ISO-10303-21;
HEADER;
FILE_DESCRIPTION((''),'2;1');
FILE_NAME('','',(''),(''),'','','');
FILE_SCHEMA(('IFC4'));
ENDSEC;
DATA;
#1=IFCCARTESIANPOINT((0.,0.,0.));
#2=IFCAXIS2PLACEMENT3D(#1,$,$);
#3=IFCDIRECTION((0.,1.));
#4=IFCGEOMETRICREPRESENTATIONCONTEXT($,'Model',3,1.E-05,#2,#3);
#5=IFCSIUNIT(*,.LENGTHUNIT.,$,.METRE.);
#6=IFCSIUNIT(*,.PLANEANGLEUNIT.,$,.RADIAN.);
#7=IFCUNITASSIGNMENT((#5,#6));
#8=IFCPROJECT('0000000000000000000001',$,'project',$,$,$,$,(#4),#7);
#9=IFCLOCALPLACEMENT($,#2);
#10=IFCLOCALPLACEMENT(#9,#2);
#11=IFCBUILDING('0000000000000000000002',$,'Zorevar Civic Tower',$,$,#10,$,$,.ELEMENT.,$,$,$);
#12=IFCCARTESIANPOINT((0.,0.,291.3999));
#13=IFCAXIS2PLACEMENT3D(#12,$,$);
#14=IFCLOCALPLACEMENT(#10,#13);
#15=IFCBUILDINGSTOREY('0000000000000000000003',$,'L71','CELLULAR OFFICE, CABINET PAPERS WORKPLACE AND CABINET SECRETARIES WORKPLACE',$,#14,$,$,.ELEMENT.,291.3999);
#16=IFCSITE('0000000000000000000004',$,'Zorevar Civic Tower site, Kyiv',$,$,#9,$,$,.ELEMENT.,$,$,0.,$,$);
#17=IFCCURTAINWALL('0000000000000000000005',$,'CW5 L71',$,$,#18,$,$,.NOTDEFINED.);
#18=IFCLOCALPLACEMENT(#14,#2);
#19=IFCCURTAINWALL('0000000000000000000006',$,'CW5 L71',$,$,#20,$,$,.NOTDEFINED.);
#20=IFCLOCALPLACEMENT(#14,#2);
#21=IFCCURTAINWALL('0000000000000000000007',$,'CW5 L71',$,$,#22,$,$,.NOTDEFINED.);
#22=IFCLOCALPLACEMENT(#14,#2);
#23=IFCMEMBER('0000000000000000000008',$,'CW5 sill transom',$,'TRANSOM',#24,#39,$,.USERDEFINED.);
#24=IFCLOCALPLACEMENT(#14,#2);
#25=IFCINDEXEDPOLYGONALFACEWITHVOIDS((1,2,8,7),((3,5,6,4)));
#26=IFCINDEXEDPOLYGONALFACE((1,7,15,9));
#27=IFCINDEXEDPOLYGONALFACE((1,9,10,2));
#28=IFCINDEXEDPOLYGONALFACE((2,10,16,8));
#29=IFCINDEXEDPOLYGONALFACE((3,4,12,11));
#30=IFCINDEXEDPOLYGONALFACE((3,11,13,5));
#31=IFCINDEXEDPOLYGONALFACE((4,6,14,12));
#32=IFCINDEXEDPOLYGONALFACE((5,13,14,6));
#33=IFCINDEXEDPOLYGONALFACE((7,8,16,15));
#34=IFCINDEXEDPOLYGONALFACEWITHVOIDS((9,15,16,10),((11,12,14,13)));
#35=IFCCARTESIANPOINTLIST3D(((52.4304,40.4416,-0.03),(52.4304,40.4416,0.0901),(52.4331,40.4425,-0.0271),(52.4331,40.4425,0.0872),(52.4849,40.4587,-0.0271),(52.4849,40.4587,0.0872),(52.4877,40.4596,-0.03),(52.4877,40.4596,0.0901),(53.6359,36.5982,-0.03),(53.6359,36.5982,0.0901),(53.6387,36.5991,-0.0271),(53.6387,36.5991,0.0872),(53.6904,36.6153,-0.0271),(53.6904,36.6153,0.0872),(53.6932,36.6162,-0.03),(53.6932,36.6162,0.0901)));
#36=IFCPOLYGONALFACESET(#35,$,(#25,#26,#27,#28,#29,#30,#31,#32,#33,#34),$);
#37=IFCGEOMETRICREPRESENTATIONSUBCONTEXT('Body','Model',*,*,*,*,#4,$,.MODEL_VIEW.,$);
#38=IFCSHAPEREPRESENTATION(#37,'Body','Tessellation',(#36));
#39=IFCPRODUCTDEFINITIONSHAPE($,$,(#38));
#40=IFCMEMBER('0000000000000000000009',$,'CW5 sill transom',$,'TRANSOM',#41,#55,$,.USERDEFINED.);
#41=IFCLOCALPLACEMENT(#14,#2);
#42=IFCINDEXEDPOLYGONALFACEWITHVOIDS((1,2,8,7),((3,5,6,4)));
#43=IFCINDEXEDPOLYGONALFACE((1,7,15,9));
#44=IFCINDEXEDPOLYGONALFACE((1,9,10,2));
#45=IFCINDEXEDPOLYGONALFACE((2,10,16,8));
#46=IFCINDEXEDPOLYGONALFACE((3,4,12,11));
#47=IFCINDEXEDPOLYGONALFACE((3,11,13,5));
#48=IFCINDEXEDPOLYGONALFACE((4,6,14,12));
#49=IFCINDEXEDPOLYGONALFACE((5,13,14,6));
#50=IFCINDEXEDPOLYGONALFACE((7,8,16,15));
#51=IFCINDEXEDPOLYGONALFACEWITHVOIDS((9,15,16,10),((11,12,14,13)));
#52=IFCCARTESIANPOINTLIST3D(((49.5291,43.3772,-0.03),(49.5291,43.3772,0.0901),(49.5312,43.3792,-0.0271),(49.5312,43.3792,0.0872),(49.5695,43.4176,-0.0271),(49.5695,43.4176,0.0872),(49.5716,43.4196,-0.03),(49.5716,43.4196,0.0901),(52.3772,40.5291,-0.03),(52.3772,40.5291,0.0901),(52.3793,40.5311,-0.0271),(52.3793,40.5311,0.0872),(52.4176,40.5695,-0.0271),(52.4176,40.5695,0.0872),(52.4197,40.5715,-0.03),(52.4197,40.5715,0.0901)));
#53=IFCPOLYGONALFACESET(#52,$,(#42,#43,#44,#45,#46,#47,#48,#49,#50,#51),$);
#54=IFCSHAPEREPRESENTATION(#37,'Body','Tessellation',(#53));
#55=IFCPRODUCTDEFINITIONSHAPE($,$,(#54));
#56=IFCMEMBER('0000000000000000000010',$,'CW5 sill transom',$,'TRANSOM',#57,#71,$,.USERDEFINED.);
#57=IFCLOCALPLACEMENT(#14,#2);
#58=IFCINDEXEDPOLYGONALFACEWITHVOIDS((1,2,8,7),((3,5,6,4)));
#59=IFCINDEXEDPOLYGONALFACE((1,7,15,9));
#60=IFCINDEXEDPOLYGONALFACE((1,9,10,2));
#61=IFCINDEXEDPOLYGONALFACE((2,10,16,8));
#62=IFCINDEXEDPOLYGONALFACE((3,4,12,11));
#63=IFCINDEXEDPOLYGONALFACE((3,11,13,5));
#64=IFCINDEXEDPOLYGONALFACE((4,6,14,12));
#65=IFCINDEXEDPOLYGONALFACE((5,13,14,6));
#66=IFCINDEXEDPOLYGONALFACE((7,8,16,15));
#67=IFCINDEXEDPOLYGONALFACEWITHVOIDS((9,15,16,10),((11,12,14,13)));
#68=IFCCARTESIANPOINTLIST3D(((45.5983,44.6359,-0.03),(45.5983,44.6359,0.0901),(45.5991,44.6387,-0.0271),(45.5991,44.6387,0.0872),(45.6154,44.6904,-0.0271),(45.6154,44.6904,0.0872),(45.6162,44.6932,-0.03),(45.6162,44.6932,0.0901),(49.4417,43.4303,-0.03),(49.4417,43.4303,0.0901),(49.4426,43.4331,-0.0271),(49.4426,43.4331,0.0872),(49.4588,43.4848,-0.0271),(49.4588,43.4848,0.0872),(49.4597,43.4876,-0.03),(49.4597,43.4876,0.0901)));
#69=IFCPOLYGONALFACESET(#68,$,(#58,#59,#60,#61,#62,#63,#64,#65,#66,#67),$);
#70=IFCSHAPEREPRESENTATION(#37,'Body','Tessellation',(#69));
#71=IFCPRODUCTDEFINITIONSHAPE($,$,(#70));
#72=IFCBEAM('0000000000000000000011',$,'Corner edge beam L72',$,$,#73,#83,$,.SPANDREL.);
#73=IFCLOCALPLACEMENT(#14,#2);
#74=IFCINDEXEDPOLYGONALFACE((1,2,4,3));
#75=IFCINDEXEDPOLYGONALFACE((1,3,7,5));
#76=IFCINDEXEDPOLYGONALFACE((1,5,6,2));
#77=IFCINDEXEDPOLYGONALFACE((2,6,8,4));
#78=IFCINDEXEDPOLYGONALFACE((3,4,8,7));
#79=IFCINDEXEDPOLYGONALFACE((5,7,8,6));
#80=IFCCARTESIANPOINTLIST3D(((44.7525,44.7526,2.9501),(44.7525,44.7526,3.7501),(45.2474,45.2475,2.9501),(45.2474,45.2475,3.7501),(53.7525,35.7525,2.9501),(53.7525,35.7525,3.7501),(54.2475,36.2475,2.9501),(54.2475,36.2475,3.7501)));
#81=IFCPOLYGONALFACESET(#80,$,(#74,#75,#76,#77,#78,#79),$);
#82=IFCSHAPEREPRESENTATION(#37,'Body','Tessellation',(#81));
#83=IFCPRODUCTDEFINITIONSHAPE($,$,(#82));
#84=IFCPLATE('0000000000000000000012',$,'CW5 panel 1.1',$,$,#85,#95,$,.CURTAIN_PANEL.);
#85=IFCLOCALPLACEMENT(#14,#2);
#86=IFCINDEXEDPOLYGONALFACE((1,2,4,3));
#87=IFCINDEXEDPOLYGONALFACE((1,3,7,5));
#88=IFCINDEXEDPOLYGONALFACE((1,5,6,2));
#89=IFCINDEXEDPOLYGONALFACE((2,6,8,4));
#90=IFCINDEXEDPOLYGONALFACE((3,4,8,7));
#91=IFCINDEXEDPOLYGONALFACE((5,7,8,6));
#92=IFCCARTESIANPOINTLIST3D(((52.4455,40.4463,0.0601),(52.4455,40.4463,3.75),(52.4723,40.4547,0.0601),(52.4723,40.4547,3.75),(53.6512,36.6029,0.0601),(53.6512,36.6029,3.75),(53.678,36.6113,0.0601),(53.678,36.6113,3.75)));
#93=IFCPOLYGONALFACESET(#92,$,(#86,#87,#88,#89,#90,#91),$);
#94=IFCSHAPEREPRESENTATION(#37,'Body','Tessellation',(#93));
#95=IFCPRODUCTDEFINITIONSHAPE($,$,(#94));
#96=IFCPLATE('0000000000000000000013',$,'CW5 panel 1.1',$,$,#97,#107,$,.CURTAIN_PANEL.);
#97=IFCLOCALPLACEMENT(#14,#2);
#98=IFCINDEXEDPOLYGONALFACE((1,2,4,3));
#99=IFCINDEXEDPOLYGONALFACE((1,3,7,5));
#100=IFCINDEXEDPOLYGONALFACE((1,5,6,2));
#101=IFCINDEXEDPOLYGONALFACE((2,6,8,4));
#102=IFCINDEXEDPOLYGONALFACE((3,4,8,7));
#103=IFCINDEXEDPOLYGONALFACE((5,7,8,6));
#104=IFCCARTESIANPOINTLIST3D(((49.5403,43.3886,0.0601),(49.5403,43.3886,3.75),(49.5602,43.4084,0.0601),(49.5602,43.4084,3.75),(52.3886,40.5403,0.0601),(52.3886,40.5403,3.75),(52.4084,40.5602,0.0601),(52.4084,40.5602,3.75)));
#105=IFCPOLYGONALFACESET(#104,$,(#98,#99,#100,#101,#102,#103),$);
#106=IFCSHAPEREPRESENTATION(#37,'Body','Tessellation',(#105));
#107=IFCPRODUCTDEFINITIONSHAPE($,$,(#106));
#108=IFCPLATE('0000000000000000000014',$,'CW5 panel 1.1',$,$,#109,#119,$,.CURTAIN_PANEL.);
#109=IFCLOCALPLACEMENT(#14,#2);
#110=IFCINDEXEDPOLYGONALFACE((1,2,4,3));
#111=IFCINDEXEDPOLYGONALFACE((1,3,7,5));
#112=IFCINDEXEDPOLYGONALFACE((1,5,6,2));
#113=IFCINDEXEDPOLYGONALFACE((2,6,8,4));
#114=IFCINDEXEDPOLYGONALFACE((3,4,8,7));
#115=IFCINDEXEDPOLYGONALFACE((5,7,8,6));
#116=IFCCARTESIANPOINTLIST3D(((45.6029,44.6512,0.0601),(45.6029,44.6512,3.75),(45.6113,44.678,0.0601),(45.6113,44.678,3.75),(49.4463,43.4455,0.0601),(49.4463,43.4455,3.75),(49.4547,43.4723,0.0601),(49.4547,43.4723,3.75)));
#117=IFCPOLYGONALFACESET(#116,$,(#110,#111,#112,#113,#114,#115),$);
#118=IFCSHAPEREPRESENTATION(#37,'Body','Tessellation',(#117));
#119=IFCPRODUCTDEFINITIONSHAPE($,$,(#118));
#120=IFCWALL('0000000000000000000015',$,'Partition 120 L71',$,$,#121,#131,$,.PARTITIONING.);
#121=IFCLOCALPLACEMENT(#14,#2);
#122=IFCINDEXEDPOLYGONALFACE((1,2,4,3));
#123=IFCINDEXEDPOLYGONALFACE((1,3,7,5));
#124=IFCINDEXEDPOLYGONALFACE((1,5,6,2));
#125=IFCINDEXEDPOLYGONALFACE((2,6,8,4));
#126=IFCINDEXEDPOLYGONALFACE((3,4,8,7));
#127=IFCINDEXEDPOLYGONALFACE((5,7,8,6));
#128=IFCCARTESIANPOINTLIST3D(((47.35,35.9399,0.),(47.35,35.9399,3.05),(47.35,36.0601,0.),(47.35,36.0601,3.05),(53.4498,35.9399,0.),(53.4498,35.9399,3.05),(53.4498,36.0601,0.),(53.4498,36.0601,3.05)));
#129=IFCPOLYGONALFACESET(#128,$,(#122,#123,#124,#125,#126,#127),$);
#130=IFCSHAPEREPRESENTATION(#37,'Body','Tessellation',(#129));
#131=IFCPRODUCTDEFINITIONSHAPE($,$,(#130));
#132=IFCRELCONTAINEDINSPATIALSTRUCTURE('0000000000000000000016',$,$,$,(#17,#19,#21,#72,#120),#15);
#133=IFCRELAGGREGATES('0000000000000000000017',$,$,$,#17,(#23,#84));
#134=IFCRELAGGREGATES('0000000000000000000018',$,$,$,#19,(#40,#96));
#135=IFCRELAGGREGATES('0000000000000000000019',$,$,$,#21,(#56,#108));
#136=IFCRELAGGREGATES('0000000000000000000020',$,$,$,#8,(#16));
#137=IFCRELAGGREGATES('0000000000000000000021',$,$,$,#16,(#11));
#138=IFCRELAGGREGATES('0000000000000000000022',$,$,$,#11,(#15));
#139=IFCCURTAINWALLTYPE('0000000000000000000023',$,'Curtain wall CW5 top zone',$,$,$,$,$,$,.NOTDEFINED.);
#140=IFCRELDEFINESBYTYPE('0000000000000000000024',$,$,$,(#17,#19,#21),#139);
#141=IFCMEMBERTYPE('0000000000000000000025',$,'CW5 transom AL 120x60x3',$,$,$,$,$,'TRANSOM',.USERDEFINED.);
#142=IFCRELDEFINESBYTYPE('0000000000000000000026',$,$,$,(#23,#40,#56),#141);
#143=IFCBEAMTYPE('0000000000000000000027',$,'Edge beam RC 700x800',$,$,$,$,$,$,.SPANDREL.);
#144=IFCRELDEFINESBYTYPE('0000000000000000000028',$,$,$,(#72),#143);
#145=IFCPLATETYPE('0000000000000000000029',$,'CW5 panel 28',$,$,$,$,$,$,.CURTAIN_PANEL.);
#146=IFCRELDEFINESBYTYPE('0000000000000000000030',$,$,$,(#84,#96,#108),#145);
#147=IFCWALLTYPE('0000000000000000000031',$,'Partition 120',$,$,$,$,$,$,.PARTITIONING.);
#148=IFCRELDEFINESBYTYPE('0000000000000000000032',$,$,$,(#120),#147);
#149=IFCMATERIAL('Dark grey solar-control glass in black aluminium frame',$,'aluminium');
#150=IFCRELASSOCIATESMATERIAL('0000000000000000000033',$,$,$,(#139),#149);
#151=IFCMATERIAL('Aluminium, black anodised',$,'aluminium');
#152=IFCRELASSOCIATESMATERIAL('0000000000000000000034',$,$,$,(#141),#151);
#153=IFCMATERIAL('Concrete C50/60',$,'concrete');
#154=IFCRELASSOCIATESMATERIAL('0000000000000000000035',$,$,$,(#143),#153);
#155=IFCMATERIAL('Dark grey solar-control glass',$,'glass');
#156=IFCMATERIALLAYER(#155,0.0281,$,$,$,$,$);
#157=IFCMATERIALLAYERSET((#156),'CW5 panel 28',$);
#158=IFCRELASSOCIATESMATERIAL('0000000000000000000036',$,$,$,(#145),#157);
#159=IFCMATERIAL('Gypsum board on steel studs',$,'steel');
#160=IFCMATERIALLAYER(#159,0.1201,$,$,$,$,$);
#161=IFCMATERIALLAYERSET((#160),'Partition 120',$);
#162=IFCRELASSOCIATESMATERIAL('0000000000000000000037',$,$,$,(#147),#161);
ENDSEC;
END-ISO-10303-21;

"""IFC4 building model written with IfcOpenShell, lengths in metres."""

from ifc_helpers import new_model, si_unit, direction, frame, frame_2d, origin, origin_2d, place, context, subcontext, project, spatial, rectangle, hollow_rectangle, extrude, material, layer, layer_set, material_profile, profile_set, type_object, element, aggregate, save


model = new_model("IFC4")

# Units and contexts
model_context = context("Model", 3, precision=1e-05, world=origin(), true_north=direction((0.0, 1.0)))
body_context = subcontext(model_context, "Body", "Model", "MODEL_VIEW")
ifc_project = project(units=[si_unit("LENGTHUNIT", "METRE"), si_unit("PLANEANGLEUNIT", "RADIAN")], contexts=[model_context])

# Site, building, storey
site_placement = place(None, origin())
site = spatial("IfcSite", under=ifc_project, at=site_placement, Name="Zorevar Civic Tower site, Kyiv", CompositionType="ELEMENT", RefElevation=0.0)
building_placement = place(site_placement, origin())
building = spatial("IfcBuilding", under=site, at=building_placement, Name="Zorevar Civic Tower", CompositionType="ELEMENT")
storey_placement = place(building_placement, frame((0.0, 0.0, 291.3999)))
storey = spatial("IfcBuildingStorey", under=building, at=storey_placement, Name="L71", Description="CELLULAR OFFICE, CABINET PAPERS WORKPLACE AND CABINET SECRETARIES WORKPLACE", CompositionType="ELEMENT", Elevation=291.3999)

# Shared definitions
ifc_material_1 = material(Name="Dark grey solar-control glass in black aluminium frame", Category="aluminium")
curtain_wall_type = type_object("IfcCurtainWallType", Name="Curtain wall CW5 top zone", PredefinedType="NOTDEFINED", material=ifc_material_1)

# Curtain walls
curtain_wall_1_placement = place(storey_placement, origin())
curtain_wall_1 = element("IfcCurtainWall", 1, at=curtain_wall_1_placement, inside=storey, type_object=curtain_wall_type, Name="CW5 L71", PredefinedType="NOTDEFINED")
curtain_wall_2_placement = place(storey_placement, origin())
curtain_wall_2 = element("IfcCurtainWall", 2, at=curtain_wall_2_placement, inside=storey, type_object=curtain_wall_type, Name="CW5 L71", PredefinedType="NOTDEFINED")
curtain_wall_3_placement = place(storey_placement, origin())
curtain_wall_3 = element("IfcCurtainWall", 3, at=curtain_wall_3_placement, inside=storey, type_object=curtain_wall_type, Name="CW5 L71", PredefinedType="NOTDEFINED")

# Members
ifc_material_2 = material(Name="Aluminium, black anodised", Category="aluminium")
ifc_material_profile_1 = material_profile(ifc_material_2, hollow_rectangle(XDim=0.0601, YDim=0.1201, WallThickness=0.0029, at=origin_2d()), Name="AL 120x60x3")
ifc_profile_set_1 = profile_set([ifc_material_profile_1], Name="Aluminium, black anodised")
member_type_1 = type_object("IfcMemberType", Name="CW5 transom AL 120x60x3", ElementType="TRANSOM", PredefinedType="USERDEFINED", material=ifc_profile_set_1)
member_1_placement = place(storey_placement, frame((53.6646, 36.6072, 0.03), z_axis=(-0.299286, 0.954163, 0.0), x_axis=(-0.954163, -0.299286, 0.0)))
member_1 = element("IfcMember", 4, at=member_1_placement, type_object=member_type_1, Name="CW5 sill transom", ObjectType="TRANSOM", PredefinedType="USERDEFINED", context=body_context, shape_type="SweptSolid", body=[
    extrude(hollow_rectangle(XDim=0.0601, YDim=0.1201, WallThickness=0.0029, at=origin_2d()), origin(), (0.0, 0.0, 1.0), 4.0281),
])
member_2_placement = place(storey_placement, frame((52.3984, 40.5503, 0.03), z_axis=(-0.707107, 0.707107, 0.0), x_axis=(-0.707107, -0.707107, 0.0)))
member_2 = element("IfcMember", 5, at=member_2_placement, type_object=member_type_1, Name="CW5 sill transom", ObjectType="TRANSOM", PredefinedType="USERDEFINED", context=body_context, shape_type="SweptSolid", body=[
    extrude(hollow_rectangle(XDim=0.0601, YDim=0.1201, WallThickness=0.0029, at=origin_2d()), origin(), (0.0, 0.0, 1.0), 4.0278),
])
member_3_placement = place(storey_placement, frame((49.4507, 43.459, 0.03), z_axis=(-0.954163, 0.299286, 0.0), x_axis=(-0.299286, -0.954163, 0.0)))
member_3 = element("IfcMember", 6, at=member_3_placement, type_object=member_type_1, Name="CW5 sill transom", ObjectType="TRANSOM", PredefinedType="USERDEFINED", context=body_context, shape_type="SweptSolid", body=[
    extrude(hollow_rectangle(XDim=0.0601, YDim=0.1201, WallThickness=0.0029, at=origin_2d()), origin(), (0.0, 0.0, 1.0), 4.0281),
])

# Beam
ifc_material_3 = material(Name="Concrete C50/60", Category="concrete")
ifc_material_profile_2 = material_profile(ifc_material_3, rectangle(XDim=0.7, YDim=0.8, at=origin_2d()), Name="RC 700x800")
ifc_profile_set_2 = profile_set([ifc_material_profile_2], Name="Concrete C50/60")
beam_type_1 = type_object("IfcBeamType", Name="Edge beam RC 700x800", PredefinedType="SPANDREL", material=ifc_profile_set_2)
beam_1_placement = place(storey_placement, frame((54.0, 36.0, 3.3501), z_axis=(-0.707107, 0.707107, 0.0), x_axis=(-0.707107, -0.707107, 0.0)))
element("IfcBeam", 7, at=beam_1_placement, inside=storey, type_object=beam_type_1, Name="Corner edge beam L72", PredefinedType="SPANDREL", context=body_context, shape_type="SweptSolid", body=[
    extrude(rectangle(XDim=0.7, YDim=0.8, at=origin_2d()), origin(), (0.0, 0.0, 1.0), 12.728),
])

# Plates
ifc_material_4 = material(Name="Dark grey solar-control glass", Category="glass")
ifc_layer_1 = layer(ifc_material_4, 0.0281)
ifc_layer_set_1 = layer_set([ifc_layer_1], Name="CW5 panel 28")
plate_type = type_object("IfcPlateType", Name="CW5 panel 28", PredefinedType="CURTAIN_PANEL", material=ifc_layer_set_1)
plate_1_placement = place(storey_placement, frame((53.0618, 38.5288, 0.0601), z_axis=(0.0, 0.0, 1.0), x_axis=(-0.299318, 0.954153, 0.0)))
plate_1 = element("IfcPlate", 8, at=plate_1_placement, type_object=plate_type, Name="CW5 panel 1.1", PredefinedType="CURTAIN_PANEL", context=body_context, shape_type="SweptSolid", body=[
    extrude(rectangle(XDim=4.0281, YDim=0.0281, at=origin_2d()), origin(), (0.0, 0.0, 1.0), 3.6899),
])
aggregate(curtain_wall_1, [member_1, plate_1])
plate_2_placement = place(storey_placement, frame((50.9744, 41.9744, 0.0601), z_axis=(0.0, 0.0, 1.0), x_axis=(-0.707107, 0.707107, 0.0)))
plate_2 = element("IfcPlate", 9, at=plate_2_placement, type_object=plate_type, Name="CW5 panel 1.1", PredefinedType="CURTAIN_PANEL", context=body_context, shape_type="SweptSolid", body=[
    extrude(rectangle(XDim=4.0281, YDim=0.0281, at=origin_2d()), origin(), (0.0, 0.0, 1.0), 3.6899),
])
aggregate(curtain_wall_2, [member_2, plate_2])
plate_3_placement = place(storey_placement, frame((47.5288, 44.0618, 0.0601), z_axis=(0.0, 0.0, 1.0), x_axis=(-0.954153, 0.299318, 0.0)))
plate_3 = element("IfcPlate", 10, at=plate_3_placement, type_object=plate_type, Name="CW5 panel 1.1", PredefinedType="CURTAIN_PANEL", context=body_context, shape_type="SweptSolid", body=[
    extrude(rectangle(XDim=4.0281, YDim=0.0281, at=origin_2d()), origin(), (0.0, 0.0, 1.0), 3.6899),
])
aggregate(curtain_wall_3, [member_3, plate_3])

# Wall
ifc_material_5 = material(Name="Gypsum board on steel studs", Category="steel")
ifc_layer_2 = layer(ifc_material_5, 0.1201)
ifc_layer_set_2 = layer_set([ifc_layer_2], Name="Partition 120")
wall_type_1 = type_object("IfcWallType", Name="Partition 120", PredefinedType="PARTITIONING", material=ifc_layer_set_2)
wall_1_placement = place(storey_placement, frame((47.3501, 36.0, 0.0), z_axis=(0.0, 0.0, 1.0), x_axis=(1.0, 0.0, 0.0)))
element("IfcWall", 11, at=wall_1_placement, inside=storey, type_object=wall_type_1, Name="Partition 120 L71", PredefinedType="PARTITIONING", context=body_context, shape_type="SweptSolid", body=[
    extrude(rectangle(XDim=6.0999, YDim=0.1201, at=frame_2d((3.0498, 0.0))), origin(), (0.0, 0.0, 1.0), 3.05),
])

save(model, "model.ifc")
